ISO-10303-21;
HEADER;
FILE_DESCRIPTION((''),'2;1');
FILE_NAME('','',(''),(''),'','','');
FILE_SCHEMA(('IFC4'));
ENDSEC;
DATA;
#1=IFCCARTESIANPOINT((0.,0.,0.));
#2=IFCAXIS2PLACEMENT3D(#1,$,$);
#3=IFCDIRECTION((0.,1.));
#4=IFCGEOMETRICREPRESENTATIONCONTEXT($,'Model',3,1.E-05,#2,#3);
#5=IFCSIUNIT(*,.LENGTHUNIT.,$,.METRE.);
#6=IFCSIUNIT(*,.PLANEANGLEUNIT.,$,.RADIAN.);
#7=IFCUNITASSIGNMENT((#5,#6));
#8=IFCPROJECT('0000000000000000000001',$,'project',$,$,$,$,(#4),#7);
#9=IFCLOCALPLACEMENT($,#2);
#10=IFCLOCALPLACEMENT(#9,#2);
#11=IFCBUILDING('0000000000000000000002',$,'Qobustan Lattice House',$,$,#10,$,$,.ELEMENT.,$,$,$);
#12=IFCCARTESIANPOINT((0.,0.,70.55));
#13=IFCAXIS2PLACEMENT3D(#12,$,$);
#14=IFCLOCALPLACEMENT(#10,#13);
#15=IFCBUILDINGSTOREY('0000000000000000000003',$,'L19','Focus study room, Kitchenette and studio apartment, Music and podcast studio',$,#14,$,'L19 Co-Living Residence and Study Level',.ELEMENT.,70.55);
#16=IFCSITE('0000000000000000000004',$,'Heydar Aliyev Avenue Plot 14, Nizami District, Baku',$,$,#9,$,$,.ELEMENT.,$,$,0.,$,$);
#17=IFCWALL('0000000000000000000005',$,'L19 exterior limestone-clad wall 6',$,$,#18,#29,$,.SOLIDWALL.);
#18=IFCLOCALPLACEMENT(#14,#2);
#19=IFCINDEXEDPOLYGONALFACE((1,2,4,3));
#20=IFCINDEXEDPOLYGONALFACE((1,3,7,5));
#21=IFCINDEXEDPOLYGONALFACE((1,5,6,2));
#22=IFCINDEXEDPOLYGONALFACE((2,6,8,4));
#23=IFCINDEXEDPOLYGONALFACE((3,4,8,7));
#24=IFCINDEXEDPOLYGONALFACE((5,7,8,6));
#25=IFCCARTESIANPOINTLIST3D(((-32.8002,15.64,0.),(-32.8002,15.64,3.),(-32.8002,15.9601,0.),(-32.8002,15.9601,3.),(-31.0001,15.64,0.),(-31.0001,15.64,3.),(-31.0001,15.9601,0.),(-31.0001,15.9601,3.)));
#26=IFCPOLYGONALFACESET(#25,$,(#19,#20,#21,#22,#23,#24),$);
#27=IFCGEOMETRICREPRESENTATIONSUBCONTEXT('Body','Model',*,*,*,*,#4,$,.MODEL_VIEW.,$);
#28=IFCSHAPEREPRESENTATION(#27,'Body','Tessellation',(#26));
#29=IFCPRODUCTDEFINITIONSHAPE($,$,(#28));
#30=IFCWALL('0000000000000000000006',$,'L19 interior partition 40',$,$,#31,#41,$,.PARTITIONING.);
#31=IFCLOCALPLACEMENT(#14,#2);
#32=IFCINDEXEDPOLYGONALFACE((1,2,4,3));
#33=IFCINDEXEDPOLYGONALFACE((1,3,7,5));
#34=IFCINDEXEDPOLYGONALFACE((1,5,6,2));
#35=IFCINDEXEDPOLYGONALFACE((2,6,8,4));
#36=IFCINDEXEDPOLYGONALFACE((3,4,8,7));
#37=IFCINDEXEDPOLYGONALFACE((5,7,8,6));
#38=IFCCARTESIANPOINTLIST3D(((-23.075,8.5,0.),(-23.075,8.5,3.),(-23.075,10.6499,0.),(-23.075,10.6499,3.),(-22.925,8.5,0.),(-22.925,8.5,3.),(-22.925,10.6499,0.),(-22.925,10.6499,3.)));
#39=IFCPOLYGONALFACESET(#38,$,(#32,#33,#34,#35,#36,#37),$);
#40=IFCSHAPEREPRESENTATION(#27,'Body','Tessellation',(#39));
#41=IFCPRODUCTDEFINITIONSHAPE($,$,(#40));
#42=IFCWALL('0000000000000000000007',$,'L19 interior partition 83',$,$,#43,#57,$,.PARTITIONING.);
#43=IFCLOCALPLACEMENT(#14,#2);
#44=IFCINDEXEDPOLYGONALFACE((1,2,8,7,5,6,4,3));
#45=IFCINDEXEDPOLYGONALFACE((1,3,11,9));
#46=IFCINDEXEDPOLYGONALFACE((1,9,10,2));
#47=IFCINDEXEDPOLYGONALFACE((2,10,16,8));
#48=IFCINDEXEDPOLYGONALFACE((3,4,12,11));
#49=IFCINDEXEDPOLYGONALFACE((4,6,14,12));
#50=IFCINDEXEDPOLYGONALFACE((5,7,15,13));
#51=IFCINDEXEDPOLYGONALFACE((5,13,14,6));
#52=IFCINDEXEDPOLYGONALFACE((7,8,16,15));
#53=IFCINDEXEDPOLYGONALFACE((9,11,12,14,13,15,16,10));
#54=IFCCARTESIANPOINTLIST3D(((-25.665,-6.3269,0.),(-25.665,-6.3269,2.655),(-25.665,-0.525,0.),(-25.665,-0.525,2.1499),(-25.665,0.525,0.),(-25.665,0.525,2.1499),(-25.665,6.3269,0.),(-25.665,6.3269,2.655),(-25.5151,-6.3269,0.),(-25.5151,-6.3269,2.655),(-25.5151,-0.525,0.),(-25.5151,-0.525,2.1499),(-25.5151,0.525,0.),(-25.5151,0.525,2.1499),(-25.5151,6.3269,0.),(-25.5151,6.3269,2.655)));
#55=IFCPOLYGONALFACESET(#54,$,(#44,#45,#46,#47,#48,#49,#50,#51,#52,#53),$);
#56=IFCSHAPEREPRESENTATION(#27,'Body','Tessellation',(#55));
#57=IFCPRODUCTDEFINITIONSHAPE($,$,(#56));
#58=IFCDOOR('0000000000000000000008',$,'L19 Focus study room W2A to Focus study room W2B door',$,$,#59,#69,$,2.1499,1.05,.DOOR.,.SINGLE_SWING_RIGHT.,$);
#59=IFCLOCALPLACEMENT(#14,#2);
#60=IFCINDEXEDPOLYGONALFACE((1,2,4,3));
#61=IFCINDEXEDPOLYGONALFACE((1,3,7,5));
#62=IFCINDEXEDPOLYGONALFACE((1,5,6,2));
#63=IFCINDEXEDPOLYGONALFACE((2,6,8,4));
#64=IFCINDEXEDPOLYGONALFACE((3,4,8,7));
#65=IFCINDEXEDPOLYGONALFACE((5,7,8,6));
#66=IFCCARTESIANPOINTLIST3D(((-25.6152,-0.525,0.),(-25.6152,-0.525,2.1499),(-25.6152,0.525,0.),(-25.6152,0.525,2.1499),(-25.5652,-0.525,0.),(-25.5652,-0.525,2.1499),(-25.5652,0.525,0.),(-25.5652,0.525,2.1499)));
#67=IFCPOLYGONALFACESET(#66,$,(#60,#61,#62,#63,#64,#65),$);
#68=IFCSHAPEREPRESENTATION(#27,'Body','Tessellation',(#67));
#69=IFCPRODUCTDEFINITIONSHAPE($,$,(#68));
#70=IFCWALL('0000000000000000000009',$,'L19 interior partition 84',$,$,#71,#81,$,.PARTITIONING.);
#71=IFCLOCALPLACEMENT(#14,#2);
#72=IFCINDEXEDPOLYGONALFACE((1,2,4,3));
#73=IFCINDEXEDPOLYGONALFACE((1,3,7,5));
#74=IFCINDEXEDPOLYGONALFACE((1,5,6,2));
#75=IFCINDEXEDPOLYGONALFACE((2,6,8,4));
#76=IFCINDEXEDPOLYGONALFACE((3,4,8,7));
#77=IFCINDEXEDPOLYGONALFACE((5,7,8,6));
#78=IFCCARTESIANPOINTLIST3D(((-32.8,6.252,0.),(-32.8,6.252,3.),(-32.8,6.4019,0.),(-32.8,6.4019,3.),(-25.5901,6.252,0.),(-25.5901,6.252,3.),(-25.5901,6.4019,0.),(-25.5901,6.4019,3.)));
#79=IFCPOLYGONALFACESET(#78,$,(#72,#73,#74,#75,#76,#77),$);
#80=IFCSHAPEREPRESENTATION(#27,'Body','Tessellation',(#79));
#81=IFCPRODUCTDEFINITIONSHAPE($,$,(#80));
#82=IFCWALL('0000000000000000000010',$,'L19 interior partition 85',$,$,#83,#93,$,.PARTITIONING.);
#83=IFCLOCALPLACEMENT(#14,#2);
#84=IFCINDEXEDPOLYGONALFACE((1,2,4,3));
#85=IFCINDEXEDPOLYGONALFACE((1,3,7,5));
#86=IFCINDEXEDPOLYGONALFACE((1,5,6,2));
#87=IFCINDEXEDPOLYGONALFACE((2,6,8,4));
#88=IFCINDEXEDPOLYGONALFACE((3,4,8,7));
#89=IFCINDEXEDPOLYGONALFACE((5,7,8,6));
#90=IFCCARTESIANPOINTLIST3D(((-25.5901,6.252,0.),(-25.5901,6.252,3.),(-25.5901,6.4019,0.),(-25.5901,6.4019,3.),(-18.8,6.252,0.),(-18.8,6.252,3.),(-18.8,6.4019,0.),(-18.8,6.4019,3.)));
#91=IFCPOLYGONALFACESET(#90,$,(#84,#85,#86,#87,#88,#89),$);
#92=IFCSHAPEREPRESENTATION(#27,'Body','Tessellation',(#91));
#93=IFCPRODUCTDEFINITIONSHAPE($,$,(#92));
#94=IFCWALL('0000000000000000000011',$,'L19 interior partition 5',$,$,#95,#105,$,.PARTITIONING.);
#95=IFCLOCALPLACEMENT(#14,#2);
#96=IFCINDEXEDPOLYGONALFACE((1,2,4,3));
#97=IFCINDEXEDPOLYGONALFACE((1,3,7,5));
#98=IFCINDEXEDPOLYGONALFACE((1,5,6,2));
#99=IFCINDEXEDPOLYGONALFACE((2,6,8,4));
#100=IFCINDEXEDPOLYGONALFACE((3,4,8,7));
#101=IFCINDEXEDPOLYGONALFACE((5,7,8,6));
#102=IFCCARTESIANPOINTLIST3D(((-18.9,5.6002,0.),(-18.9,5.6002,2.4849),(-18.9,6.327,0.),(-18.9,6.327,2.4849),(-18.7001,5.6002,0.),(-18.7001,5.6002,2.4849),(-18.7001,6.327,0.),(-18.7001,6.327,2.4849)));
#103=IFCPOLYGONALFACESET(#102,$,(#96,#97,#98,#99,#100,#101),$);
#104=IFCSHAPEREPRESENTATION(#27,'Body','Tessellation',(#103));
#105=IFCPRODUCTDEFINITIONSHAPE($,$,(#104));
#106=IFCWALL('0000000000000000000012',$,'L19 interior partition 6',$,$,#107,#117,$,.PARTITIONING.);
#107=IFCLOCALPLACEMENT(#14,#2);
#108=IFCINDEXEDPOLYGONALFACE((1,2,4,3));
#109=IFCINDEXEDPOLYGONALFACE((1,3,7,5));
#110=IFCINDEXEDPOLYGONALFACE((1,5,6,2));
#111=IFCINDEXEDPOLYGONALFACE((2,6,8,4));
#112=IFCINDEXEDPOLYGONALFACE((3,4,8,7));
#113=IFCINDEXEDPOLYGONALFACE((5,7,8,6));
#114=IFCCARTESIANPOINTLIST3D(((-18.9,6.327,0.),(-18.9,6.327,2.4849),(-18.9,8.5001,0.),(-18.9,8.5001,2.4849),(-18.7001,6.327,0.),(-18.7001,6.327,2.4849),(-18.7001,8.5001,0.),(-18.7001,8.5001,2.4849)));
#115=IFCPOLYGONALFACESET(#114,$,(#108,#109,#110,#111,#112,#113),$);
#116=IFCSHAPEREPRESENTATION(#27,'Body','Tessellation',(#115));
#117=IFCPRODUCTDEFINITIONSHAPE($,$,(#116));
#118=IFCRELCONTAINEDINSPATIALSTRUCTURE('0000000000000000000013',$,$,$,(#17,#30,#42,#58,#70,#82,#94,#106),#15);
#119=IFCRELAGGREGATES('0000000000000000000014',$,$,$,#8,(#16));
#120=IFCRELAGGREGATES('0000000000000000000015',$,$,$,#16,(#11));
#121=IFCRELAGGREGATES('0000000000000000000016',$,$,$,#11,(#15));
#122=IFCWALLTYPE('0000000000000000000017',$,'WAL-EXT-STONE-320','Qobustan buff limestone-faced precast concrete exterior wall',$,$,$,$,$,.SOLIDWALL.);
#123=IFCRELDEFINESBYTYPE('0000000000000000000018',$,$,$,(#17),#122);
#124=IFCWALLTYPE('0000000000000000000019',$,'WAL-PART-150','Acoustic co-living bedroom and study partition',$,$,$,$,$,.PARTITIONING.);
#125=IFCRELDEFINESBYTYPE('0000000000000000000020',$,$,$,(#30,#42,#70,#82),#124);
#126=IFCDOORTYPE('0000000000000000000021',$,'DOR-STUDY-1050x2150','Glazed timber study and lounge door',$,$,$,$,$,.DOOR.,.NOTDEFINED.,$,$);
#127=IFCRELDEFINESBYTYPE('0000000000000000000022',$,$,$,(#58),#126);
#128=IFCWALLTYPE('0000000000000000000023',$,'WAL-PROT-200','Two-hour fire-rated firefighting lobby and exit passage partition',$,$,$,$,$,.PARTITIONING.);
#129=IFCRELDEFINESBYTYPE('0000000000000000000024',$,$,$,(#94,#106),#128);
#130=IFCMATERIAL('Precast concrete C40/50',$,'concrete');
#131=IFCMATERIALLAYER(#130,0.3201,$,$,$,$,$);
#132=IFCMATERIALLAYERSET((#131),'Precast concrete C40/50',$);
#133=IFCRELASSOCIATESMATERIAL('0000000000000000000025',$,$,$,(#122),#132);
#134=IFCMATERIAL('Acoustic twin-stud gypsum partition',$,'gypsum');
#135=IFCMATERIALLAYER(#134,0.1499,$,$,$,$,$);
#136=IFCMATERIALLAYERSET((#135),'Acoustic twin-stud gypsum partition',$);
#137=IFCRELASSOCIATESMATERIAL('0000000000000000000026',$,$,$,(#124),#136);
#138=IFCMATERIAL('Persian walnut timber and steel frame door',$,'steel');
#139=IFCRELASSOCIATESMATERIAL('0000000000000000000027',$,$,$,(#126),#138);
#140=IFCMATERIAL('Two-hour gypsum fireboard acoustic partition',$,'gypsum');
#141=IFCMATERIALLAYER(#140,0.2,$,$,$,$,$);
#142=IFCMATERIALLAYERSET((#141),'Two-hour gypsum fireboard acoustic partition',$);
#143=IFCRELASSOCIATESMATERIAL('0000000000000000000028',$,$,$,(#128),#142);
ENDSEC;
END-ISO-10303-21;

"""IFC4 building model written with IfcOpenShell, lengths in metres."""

from ifc_helpers import new_model, si_unit, direction, frame, frame_2d, origin, place, context, subcontext, project, spatial, rectangle, extrude, material, layer, layer_set, type_object, element, fill, save


model = new_model("IFC4")

# Units and contexts
model_context = context("Model", 3, precision=1e-05, world=origin(), true_north=direction((0.0, 1.0)))
body_context = subcontext(model_context, "Body", "Model", "MODEL_VIEW")
ifc_project = project(units=[si_unit("LENGTHUNIT", "METRE"), si_unit("PLANEANGLEUNIT", "RADIAN")], contexts=[model_context])

# Site, building, storey
site_placement = place(None, origin())
site = spatial("IfcSite", under=ifc_project, at=site_placement, Name="Heydar Aliyev Avenue Plot 14, Nizami District, Baku", CompositionType="ELEMENT", RefElevation=0.0)
building_placement = place(site_placement, origin())
building = spatial("IfcBuilding", under=site, at=building_placement, Name="Qobustan Lattice House", CompositionType="ELEMENT")
storey_placement = place(building_placement, frame((0.0, 0.0, 70.55)))
storey = spatial("IfcBuildingStorey", under=building, at=storey_placement, Name="L19", Description="Focus study room, Kitchenette and studio apartment, Music and podcast studio", LongName="L19 Co-Living Residence and Study Level", CompositionType="ELEMENT", Elevation=70.55)

# Walls
ifc_material_1 = material(Name="Precast concrete C40/50", Category="concrete")
ifc_layer_1 = layer(ifc_material_1, 0.3201)
ifc_layer_set_1 = layer_set([ifc_layer_1], Name="Precast concrete C40/50")
wall_type_1 = type_object("IfcWallType", Name="WAL-EXT-STONE-320", Description="Qobustan buff limestone-faced precast concrete exterior wall", PredefinedType="SOLIDWALL", material=ifc_layer_set_1)
wall_1_placement = place(storey_placement, frame((-32.8, 15.8, 0.0), z_axis=(0.0, 0.0, 1.0), x_axis=(1.0, 0.0, 0.0)))
element("IfcWall", 1, at=wall_1_placement, inside=storey, type_object=wall_type_1, Name="L19 exterior limestone-clad wall 6", PredefinedType="SOLIDWALL", context=body_context, shape_type="SweptSolid", body=[
    extrude(rectangle(XDim=1.8, YDim=0.3201, at=frame_2d((0.8999, 0.0))), origin(), (0.0, 0.0, 1.0), 3.0),
])
ifc_material_2 = material(Name="Acoustic twin-stud gypsum partition", Category="gypsum")
ifc_layer_2 = layer(ifc_material_2, 0.1499)
ifc_layer_set_2 = layer_set([ifc_layer_2], Name="Acoustic twin-stud gypsum partition")
wall_type_2 = type_object("IfcWallType", Name="WAL-PART-150", Description="Acoustic co-living bedroom and study partition", PredefinedType="PARTITIONING", material=ifc_layer_set_2)
wall_2_placement = place(storey_placement, frame((-23.0, 8.5, 0.0), z_axis=(0.0, 0.0, 1.0), x_axis=(0.0, 1.0, 0.0)))
element("IfcWall", 2, at=wall_2_placement, inside=storey, type_object=wall_type_2, Name="L19 interior partition 40", PredefinedType="PARTITIONING", context=body_context, shape_type="SweptSolid", body=[
    extrude(rectangle(XDim=2.1499, YDim=0.1499, at=frame_2d((1.075, 0.0))), origin(), (0.0, 0.0, 1.0), 3.0),
])

# Wall, opening, door
ifc_material_3 = material(Name="Persian walnut timber and steel frame door", Category="steel")
door_type_1 = type_object("IfcDoorType", Name="DOR-STUDY-1050x2150", Description="Glazed timber study and lounge door", OperationType="NOTDEFINED", PredefinedType="DOOR", material=ifc_material_3)
wall_3_placement = place(storey_placement, frame((-25.5901, 6.3269, 0.0), z_axis=(0.0, 0.0, 1.0), x_axis=(0.0, -1.0, 0.0)))
wall_3 = element("IfcWall", 3, at=wall_3_placement, inside=storey, type_object=wall_type_2, Name="L19 interior partition 83", PredefinedType="PARTITIONING", context=body_context, shape_type="SweptSolid", body=[
    extrude(rectangle(XDim=12.6538, YDim=0.1499, at=frame_2d((6.3269, 0.0))), origin(), (0.0, 0.0, 1.0), 2.655),
])
opening_1_placement = place(wall_3_placement, frame((5.802, 0.0, 0.0)))
opening_1 = element("IfcOpeningElement", 4, at=opening_1_placement, cuts=wall_3, PredefinedType="OPENING", context=body_context, shape_type="SweptSolid", body=[
    extrude(rectangle(XDim=1.05, YDim=2.1499, at=frame_2d((0.5249, 1.075))), frame((0.0, 0.085, 0.0), z_axis=(0.0, -1.0, 0.0), x_axis=(1.0, 0.0, 0.0)), (0.0, 0.0, 1.0), 0.1699),
])
door_1_placement = place(opening_1_placement, origin())
door_1 = element("IfcDoor", 5, at=door_1_placement, inside=storey, type_object=door_type_1, Name="L19 Focus study room W2A to Focus study room W2B door", OperationType="SINGLE_SWING_RIGHT", OverallHeight=2.1499, OverallWidth=1.05, PredefinedType="DOOR", context=body_context, shape_type="SweptSolid", body=[
    extrude(rectangle(XDim=1.05, YDim=2.1499, at=frame_2d((0.5249, 1.075))), frame((0.0, 0.0249, 0.0), z_axis=(0.0, -1.0, 0.0), x_axis=(1.0, 0.0, 0.0)), (0.0, 0.0, 1.0), 0.05),
])
fill(opening_1, door_1)

# Walls
wall_4_placement = place(storey_placement, frame((-32.8, 6.3269, 0.0), z_axis=(0.0, 0.0, 1.0), x_axis=(1.0, 0.0, 0.0)))
element("IfcWall", 6, at=wall_4_placement, inside=storey, type_object=wall_type_2, Name="L19 interior partition 84", PredefinedType="PARTITIONING", context=body_context, shape_type="SweptSolid", body=[
    extrude(rectangle(XDim=7.21, YDim=0.1499, at=frame_2d((3.605, 0.0))), origin(), (0.0, 0.0, 1.0), 3.0),
])
wall_5_placement = place(storey_placement, frame((-25.5901, 6.3269, 0.0), z_axis=(0.0, 0.0, 1.0), x_axis=(1.0, 0.0, 0.0)))
element("IfcWall", 7, at=wall_5_placement, inside=storey, type_object=wall_type_2, Name="L19 interior partition 85", PredefinedType="PARTITIONING", context=body_context, shape_type="SweptSolid", body=[
    extrude(rectangle(XDim=6.79, YDim=0.1499, at=frame_2d((3.395, 0.0))), origin(), (0.0, 0.0, 1.0), 3.0),
])
ifc_material_4 = material(Name="Two-hour gypsum fireboard acoustic partition", Category="gypsum")
ifc_layer_3 = layer(ifc_material_4, 0.2)
ifc_layer_set_3 = layer_set([ifc_layer_3], Name="Two-hour gypsum fireboard acoustic partition")
wall_type_3 = type_object("IfcWallType", Name="WAL-PROT-200", Description="Two-hour fire-rated firefighting lobby and exit passage partition", PredefinedType="PARTITIONING", material=ifc_layer_set_3)
wall_6_placement = place(storey_placement, frame((-18.8, 6.3269, 0.0), z_axis=(0.0, 0.0, 1.0), x_axis=(0.0, -1.0, 0.0)))
element("IfcWall", 8, at=wall_6_placement, inside=storey, type_object=wall_type_3, Name="L19 interior partition 5", PredefinedType="PARTITIONING", context=body_context, shape_type="SweptSolid", body=[
    extrude(rectangle(XDim=0.7268, YDim=0.2, at=frame_2d((0.3633, 0.0))), origin(), (0.0, 0.0, 1.0), 2.4849),
])
wall_7_placement = place(storey_placement, frame((-18.8, 8.5, 0.0), z_axis=(0.0, 0.0, 1.0), x_axis=(0.0, -1.0, 0.0)))
element("IfcWall", 9, at=wall_7_placement, inside=storey, type_object=wall_type_3, Name="L19 interior partition 6", PredefinedType="PARTITIONING", context=body_context, shape_type="SweptSolid", body=[
    extrude(rectangle(XDim=2.1731, YDim=0.2, at=frame_2d((1.0864, 0.0))), origin(), (0.0, 0.0, 1.0), 2.4849),
])

save(model, "model.ifc")
